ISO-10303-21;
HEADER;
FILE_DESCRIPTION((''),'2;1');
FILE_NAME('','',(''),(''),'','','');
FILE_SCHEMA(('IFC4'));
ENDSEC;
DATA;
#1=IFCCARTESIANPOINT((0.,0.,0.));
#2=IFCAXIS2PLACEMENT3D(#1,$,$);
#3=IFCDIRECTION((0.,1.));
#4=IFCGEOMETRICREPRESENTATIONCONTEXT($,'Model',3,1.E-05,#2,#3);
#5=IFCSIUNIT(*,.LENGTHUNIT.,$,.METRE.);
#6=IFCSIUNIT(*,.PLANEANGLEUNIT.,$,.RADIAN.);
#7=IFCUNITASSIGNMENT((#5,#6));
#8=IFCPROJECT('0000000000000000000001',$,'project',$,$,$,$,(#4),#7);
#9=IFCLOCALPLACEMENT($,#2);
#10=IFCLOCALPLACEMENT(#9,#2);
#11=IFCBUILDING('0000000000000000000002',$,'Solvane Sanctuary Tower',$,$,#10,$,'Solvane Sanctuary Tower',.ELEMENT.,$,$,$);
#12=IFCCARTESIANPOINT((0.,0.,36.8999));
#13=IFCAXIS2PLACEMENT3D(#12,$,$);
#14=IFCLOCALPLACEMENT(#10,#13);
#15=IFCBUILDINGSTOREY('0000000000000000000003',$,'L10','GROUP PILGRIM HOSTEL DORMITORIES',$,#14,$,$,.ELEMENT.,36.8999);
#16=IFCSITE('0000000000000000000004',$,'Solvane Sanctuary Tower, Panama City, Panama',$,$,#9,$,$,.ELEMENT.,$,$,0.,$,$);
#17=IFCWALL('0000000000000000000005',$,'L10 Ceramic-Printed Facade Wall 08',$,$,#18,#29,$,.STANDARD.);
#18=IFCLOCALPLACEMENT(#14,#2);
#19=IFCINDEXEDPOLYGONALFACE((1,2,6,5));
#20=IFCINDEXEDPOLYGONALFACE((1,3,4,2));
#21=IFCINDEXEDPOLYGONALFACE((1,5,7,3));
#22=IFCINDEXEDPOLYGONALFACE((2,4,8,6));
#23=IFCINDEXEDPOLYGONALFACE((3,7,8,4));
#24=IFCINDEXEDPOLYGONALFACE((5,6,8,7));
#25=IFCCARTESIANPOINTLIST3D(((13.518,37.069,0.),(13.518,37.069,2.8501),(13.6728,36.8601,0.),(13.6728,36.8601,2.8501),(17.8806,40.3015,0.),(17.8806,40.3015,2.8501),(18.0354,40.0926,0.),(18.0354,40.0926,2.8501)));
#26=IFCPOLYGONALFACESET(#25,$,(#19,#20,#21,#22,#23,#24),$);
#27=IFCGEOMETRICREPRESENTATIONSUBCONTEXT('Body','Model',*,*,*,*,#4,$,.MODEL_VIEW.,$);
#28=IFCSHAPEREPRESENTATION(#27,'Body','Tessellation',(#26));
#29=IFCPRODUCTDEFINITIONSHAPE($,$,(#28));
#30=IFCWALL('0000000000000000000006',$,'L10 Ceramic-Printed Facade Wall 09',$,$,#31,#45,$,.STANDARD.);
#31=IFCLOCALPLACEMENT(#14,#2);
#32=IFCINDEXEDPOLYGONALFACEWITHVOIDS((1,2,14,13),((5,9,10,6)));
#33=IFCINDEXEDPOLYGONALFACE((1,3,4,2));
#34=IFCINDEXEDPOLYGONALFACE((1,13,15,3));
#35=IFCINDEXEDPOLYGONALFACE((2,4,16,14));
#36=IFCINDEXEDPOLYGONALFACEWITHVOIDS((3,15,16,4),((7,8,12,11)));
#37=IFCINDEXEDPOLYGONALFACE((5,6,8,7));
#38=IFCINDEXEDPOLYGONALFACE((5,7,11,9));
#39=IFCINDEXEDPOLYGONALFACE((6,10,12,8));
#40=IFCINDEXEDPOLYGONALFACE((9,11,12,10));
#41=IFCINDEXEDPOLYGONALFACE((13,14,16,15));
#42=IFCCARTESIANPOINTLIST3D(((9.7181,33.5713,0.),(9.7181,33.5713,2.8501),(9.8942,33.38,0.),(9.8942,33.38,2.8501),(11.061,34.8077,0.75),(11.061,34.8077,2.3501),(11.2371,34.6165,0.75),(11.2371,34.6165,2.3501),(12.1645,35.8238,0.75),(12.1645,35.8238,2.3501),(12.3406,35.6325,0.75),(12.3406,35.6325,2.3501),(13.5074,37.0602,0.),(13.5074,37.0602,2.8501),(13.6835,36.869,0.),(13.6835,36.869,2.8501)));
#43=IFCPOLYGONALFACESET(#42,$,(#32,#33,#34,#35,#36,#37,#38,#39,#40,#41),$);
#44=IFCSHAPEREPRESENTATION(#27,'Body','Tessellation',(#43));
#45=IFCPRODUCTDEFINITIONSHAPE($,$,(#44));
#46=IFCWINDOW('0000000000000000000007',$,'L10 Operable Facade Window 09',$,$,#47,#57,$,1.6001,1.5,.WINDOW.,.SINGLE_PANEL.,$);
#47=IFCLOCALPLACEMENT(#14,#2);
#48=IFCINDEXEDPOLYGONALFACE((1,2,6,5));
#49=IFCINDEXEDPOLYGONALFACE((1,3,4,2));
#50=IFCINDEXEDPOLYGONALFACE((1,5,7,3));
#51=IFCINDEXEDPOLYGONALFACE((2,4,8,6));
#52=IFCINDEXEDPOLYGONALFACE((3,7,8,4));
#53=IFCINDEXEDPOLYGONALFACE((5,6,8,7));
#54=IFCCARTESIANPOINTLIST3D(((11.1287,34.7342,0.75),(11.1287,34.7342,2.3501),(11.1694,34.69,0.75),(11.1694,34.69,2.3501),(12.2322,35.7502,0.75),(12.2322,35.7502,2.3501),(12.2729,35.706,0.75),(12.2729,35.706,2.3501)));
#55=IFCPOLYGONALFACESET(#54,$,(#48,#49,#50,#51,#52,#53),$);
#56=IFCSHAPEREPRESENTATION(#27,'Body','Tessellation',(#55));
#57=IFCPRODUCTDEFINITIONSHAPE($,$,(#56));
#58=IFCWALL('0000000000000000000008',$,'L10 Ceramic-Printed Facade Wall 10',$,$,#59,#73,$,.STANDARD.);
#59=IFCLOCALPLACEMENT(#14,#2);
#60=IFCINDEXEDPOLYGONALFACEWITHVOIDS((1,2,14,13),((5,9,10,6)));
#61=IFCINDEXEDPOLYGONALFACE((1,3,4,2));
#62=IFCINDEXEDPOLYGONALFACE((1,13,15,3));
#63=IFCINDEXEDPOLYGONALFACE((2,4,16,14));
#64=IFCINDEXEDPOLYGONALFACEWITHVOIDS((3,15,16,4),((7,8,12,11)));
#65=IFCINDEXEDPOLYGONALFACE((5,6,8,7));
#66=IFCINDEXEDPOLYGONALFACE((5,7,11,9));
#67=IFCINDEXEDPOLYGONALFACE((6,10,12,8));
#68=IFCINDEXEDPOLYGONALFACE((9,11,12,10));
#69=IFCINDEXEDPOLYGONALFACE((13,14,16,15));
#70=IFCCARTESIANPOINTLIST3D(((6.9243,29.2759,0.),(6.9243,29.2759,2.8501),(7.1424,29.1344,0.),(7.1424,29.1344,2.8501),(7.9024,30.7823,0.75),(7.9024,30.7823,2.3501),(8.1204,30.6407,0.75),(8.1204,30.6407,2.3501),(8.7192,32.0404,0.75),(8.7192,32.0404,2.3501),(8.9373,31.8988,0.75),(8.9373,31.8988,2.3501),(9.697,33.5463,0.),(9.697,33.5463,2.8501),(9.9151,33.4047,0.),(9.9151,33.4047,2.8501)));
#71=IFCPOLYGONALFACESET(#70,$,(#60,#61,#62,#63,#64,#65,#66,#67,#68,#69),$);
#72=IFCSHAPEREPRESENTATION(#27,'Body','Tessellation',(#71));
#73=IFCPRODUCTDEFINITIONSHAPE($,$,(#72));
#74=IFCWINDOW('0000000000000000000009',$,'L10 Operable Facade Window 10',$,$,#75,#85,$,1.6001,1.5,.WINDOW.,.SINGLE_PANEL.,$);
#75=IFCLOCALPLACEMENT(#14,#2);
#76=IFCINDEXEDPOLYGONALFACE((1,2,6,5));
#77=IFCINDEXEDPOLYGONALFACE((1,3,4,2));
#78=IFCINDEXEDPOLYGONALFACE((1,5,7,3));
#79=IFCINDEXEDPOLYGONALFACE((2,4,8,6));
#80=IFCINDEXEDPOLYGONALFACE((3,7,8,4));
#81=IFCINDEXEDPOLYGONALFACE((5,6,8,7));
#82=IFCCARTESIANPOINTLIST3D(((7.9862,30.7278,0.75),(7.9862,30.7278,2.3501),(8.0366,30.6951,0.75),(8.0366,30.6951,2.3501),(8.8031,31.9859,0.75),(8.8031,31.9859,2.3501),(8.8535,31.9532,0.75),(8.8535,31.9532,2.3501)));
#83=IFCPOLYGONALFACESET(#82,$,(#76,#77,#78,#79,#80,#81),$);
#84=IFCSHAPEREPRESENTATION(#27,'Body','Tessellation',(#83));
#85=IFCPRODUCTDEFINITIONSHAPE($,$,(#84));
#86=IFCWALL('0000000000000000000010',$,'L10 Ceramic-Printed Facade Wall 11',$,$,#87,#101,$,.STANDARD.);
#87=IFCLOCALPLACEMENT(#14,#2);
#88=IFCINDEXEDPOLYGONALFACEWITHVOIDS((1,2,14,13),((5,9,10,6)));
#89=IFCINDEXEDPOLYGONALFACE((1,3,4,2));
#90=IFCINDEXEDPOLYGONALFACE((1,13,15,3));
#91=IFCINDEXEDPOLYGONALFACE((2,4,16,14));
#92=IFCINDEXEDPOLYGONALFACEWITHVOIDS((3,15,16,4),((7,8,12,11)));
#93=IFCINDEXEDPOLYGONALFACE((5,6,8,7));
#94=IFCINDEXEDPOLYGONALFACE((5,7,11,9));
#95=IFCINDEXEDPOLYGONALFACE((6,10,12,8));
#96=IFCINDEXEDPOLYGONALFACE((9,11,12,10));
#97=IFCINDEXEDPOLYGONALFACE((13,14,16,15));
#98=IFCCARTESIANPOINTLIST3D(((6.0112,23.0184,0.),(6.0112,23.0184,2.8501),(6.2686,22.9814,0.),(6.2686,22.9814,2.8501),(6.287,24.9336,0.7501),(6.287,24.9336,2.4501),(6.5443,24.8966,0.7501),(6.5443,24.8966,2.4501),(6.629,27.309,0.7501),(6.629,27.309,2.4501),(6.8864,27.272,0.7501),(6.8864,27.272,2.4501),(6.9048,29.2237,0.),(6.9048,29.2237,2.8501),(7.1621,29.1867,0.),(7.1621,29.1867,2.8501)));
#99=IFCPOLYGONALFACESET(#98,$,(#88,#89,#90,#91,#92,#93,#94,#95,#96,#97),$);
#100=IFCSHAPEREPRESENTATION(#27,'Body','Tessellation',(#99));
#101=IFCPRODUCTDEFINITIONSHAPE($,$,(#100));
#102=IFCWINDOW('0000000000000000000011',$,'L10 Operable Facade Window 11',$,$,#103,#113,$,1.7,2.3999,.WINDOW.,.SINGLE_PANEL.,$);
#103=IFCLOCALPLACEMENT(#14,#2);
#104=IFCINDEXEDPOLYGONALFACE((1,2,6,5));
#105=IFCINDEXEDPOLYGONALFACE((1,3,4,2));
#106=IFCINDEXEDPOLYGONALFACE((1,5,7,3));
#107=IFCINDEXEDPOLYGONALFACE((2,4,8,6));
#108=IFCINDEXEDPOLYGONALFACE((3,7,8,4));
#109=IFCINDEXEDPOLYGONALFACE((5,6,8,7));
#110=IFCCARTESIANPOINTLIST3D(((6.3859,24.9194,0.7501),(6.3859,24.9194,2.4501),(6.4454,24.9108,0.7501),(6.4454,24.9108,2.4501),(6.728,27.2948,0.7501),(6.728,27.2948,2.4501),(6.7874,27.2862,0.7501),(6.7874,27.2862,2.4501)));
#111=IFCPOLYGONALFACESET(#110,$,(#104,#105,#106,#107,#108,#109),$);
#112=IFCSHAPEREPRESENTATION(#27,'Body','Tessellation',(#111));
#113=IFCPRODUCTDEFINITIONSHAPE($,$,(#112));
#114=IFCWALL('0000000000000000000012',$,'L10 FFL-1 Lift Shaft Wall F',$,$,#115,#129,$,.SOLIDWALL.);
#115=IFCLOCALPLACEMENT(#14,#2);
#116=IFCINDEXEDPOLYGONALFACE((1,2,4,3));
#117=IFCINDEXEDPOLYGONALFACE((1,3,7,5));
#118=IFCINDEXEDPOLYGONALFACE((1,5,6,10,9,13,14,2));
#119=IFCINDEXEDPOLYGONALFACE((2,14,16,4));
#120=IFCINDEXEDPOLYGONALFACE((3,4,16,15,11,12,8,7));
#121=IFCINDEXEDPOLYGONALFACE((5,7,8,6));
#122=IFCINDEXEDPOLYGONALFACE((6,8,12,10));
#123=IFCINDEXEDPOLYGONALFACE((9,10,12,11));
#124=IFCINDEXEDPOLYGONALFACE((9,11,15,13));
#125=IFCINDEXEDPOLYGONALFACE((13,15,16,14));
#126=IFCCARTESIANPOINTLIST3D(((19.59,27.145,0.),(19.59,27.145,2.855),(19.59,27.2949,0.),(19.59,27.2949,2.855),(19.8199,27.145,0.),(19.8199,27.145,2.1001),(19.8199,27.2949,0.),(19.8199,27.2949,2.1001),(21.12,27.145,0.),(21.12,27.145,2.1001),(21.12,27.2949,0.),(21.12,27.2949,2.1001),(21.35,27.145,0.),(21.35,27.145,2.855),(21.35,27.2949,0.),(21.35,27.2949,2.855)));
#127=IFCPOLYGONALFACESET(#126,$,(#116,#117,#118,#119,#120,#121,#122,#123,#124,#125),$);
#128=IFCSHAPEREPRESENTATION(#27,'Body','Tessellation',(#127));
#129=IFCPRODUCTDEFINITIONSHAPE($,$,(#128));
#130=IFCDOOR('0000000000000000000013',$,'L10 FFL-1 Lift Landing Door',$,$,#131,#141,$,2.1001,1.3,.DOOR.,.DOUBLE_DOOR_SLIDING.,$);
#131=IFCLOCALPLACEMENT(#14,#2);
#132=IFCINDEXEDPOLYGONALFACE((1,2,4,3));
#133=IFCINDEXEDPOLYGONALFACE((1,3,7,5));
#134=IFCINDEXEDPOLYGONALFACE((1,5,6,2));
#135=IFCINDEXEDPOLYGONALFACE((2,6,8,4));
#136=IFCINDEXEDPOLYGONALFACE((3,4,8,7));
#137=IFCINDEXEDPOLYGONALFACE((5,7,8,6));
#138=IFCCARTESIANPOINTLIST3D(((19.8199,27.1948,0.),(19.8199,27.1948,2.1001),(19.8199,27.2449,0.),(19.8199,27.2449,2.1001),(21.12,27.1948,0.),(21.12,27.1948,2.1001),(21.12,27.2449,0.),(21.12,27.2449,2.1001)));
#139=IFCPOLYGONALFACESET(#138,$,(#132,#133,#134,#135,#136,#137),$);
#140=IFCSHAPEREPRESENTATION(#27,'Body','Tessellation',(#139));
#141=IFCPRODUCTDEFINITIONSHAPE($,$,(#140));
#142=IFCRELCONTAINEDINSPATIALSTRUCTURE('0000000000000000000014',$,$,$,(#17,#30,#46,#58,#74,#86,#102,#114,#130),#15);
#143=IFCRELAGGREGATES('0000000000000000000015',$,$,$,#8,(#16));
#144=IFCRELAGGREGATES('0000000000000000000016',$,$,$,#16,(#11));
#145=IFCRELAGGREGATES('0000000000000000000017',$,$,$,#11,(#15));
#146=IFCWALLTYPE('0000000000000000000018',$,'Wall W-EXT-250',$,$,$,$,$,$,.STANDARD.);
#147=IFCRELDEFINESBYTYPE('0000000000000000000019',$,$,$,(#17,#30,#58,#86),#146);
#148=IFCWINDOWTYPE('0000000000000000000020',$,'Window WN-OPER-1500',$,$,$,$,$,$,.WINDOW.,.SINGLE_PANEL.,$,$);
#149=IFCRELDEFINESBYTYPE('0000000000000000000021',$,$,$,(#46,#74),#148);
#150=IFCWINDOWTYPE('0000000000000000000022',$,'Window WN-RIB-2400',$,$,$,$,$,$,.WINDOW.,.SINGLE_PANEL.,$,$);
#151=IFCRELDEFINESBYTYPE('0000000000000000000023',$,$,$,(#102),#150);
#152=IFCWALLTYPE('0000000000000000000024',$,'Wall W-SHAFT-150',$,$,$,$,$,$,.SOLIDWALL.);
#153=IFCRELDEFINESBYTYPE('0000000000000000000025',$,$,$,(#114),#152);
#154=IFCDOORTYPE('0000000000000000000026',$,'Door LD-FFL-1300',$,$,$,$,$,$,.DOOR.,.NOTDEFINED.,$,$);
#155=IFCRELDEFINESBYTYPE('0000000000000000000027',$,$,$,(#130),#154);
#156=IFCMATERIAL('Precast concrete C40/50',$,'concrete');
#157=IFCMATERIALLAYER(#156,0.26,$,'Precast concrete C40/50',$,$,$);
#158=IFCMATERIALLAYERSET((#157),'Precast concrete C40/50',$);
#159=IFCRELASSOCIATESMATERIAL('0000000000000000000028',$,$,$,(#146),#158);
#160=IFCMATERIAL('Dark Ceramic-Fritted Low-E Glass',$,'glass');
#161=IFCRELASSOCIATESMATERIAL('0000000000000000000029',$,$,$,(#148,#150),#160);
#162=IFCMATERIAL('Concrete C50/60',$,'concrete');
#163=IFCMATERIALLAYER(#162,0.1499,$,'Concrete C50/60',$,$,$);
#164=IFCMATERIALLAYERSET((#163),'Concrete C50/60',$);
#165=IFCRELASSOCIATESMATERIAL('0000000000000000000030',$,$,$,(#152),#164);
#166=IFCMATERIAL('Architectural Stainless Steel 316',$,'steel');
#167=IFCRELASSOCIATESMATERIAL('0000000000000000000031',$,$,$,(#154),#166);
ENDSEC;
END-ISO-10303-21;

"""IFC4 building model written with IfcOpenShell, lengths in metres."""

from ifc_helpers import new_model, si_unit, direction, frame, frame_2d, origin, place, context, subcontext, project, spatial, rectangle, extrude, material, layer, layer_set, type_object, element, fill, save


model = new_model("IFC4")

# Units and contexts
model_context = context("Model", 3, precision=1e-05, world=origin(), true_north=direction((0.0, 1.0)))
body_context = subcontext(model_context, "Body", "Model", "MODEL_VIEW")
ifc_project = project(units=[si_unit("LENGTHUNIT", "METRE"), si_unit("PLANEANGLEUNIT", "RADIAN")], contexts=[model_context])

# Site, building, storey
site_placement = place(None, origin())
site = spatial("IfcSite", under=ifc_project, at=site_placement, Name="Solvane Sanctuary Tower, Panama City, Panama", CompositionType="ELEMENT", RefElevation=0.0)
building_placement = place(site_placement, origin())
building = spatial("IfcBuilding", under=site, at=building_placement, Name="Solvane Sanctuary Tower", LongName="Solvane Sanctuary Tower", CompositionType="ELEMENT")
storey_placement = place(building_placement, frame((0.0, 0.0, 36.8999)))
storey = spatial("IfcBuildingStorey", under=building, at=storey_placement, Name="L10", Description="GROUP PILGRIM HOSTEL DORMITORIES", CompositionType="ELEMENT", Elevation=36.8999)

# Wall
ifc_material_1 = material(Name="Precast concrete C40/50", Category="concrete")
ifc_layer_1 = layer(ifc_material_1, 0.26, Name="Precast concrete C40/50")
ifc_layer_set_1 = layer_set([ifc_layer_1], Name="Precast concrete C40/50")
wall_type_1 = type_object("IfcWallType", Name="Wall W-EXT-250", PredefinedType="STANDARD", material=ifc_layer_set_1)
wall_1_placement = place(storey_placement, frame((17.958, 40.197, 0.0), z_axis=(0.0, 0.0, 1.0), x_axis=(-0.803478, -0.595335, 0.0)))
element("IfcWall", 1, at=wall_1_placement, inside=storey, type_object=wall_type_1, Name="L10 Ceramic-Printed Facade Wall 08", PredefinedType="STANDARD", context=body_context, shape_type="SweptSolid", body=[
    extrude(rectangle(XDim=5.4297, YDim=0.26, at=frame_2d((2.7148, 0.0))), origin(), (0.0, 0.0, 1.0), 2.8501),
])

# Walls, openings, windows
wall_2_placement = place(storey_placement, frame((13.5955, 36.9646, 0.0), z_axis=(0.0, 0.0, 1.0), x_axis=(-0.735655, -0.677356, 0.0)))
wall_2 = element("IfcWall", 2, at=wall_2_placement, inside=storey, type_object=wall_type_1, Name="L10 Ceramic-Printed Facade Wall 09", PredefinedType="STANDARD", context=body_context, shape_type="SweptSolid", body=[
    extrude(rectangle(XDim=5.1509, YDim=0.26, at=frame_2d((2.5754, 0.0))), origin(), (0.0, 0.0, 1.0), 2.8501),
])
opening_1_placement = place(wall_2_placement, frame((1.8254, 0.0, 0.75)))
opening_1 = element("IfcOpeningElement", 3, at=opening_1_placement, cuts=wall_2, PredefinedType="OPENING", context=body_context, shape_type="SweptSolid", body=[
    extrude(rectangle(XDim=1.5, YDim=1.6001, at=frame_2d((0.75, 0.8))), frame((0.0, 0.1399, 0.0), z_axis=(0.0, -1.0, 0.0), x_axis=(1.0, 0.0, 0.0)), (0.0, 0.0, 1.0), 0.28),
])
ifc_material_2 = material(Name="Dark Ceramic-Fritted Low-E Glass", Category="glass")
window_type_1 = type_object("IfcWindowType", Name="Window WN-OPER-1500", PartitioningType="SINGLE_PANEL", PredefinedType="WINDOW", material=ifc_material_2)
window_1_placement = place(opening_1_placement, origin())
window_1 = element("IfcWindow", 4, at=window_1_placement, inside=storey, type_object=window_type_1, Name="L10 Operable Facade Window 09", OverallHeight=1.6001, OverallWidth=1.5, PartitioningType="SINGLE_PANEL", PredefinedType="WINDOW", context=body_context, shape_type="SweptSolid", body=[
    extrude(rectangle(XDim=1.5, YDim=1.6001, at=frame_2d((0.75, 0.8))), frame((0.0, 0.03, 0.0), z_axis=(0.0, -1.0, 0.0), x_axis=(1.0, 0.0, 0.0)), (0.0, 0.0, 1.0), 0.0601),
])
fill(opening_1, window_1)
wall_3_placement = place(storey_placement, frame((9.8062, 33.4756, 0.0), z_axis=(0.0, 0.0, 1.0), x_axis=(-0.544579, -0.83871, 0.0)))
wall_3 = element("IfcWall", 5, at=wall_3_placement, inside=storey, type_object=wall_type_1, Name="L10 Ceramic-Printed Facade Wall 10", PredefinedType="STANDARD", context=body_context, shape_type="SweptSolid", body=[
    extrude(rectangle(XDim=5.0916, YDim=0.26, at=frame_2d((2.5459, 0.0))), origin(), (0.0, 0.0, 1.0), 2.8501),
])
opening_2_placement = place(wall_3_placement, frame((1.7957, 0.0, 0.75)))
opening_2 = element("IfcOpeningElement", 6, at=opening_2_placement, cuts=wall_3, PredefinedType="OPENING", context=body_context, shape_type="SweptSolid", body=[
    extrude(rectangle(XDim=1.5, YDim=1.6001, at=frame_2d((0.75, 0.8))), frame((0.0, 0.1399, 0.0), z_axis=(0.0, -1.0, 0.0), x_axis=(1.0, 0.0, 0.0)), (0.0, 0.0, 1.0), 0.28),
])
window_2_placement = place(opening_2_placement, origin())
window_2 = element("IfcWindow", 7, at=window_2_placement, inside=storey, type_object=window_type_1, Name="L10 Operable Facade Window 10", OverallHeight=1.6001, OverallWidth=1.5, PartitioningType="SINGLE_PANEL", PredefinedType="WINDOW", context=body_context, shape_type="SweptSolid", body=[
    extrude(rectangle(XDim=1.5, YDim=1.6001, at=frame_2d((0.75, 0.8))), frame((0.0, 0.03, 0.0), z_axis=(0.0, -1.0, 0.0), x_axis=(1.0, 0.0, 0.0)), (0.0, 0.0, 1.0), 0.0601),
])
fill(opening_2, window_2)
wall_4_placement = place(storey_placement, frame((7.0334, 29.2053, 0.0), z_axis=(0.0, 0.0, 1.0), x_axis=(-0.142528, -0.989791, 0.0)))
wall_4 = element("IfcWall", 8, at=wall_4_placement, inside=storey, type_object=wall_type_1, Name="L10 Ceramic-Printed Facade Wall 11", PredefinedType="STANDARD", context=body_context, shape_type="SweptSolid", body=[
    extrude(rectangle(XDim=6.2693, YDim=0.26, at=frame_2d((3.1348, 0.0))), origin(), (0.0, 0.0, 1.0), 2.8501),
])
opening_3_placement = place(wall_4_placement, frame((1.9346, 0.0, 0.75)))
opening_3 = element("IfcOpeningElement", 9, at=opening_3_placement, cuts=wall_4, PredefinedType="OPENING", context=body_context, shape_type="SweptSolid", body=[
    extrude(rectangle(XDim=2.3999, YDim=1.7, at=frame_2d((1.2, 0.8501))), frame((0.0, 0.1399, 0.0), z_axis=(0.0, -1.0, 0.0), x_axis=(1.0, 0.0, 0.0)), (0.0, 0.0, 1.0), 0.28),
])
window_type_2 = type_object("IfcWindowType", Name="Window WN-RIB-2400", PartitioningType="SINGLE_PANEL", PredefinedType="WINDOW", material=ifc_material_2)
window_3_placement = place(opening_3_placement, origin())
window_3 = element("IfcWindow", 10, at=window_3_placement, inside=storey, type_object=window_type_2, Name="L10 Operable Facade Window 11", OverallHeight=1.7, OverallWidth=2.3999, PartitioningType="SINGLE_PANEL", PredefinedType="WINDOW", context=body_context, shape_type="SweptSolid", body=[
    extrude(rectangle(XDim=2.3999, YDim=1.7, at=frame_2d((1.2, 0.8501))), frame((0.0, 0.03, 0.0), z_axis=(0.0, -1.0, 0.0), x_axis=(1.0, 0.0, 0.0)), (0.0, 0.0, 1.0), 0.0601),
])
fill(opening_3, window_3)

# Wall, opening, door
ifc_material_3 = material(Name="Concrete C50/60", Category="concrete")
ifc_layer_2 = layer(ifc_material_3, 0.1499, Name="Concrete C50/60")
ifc_layer_set_2 = layer_set([ifc_layer_2], Name="Concrete C50/60")
wall_type_2 = type_object("IfcWallType", Name="Wall W-SHAFT-150", PredefinedType="SOLIDWALL", material=ifc_layer_set_2)
wall_5_placement = place(storey_placement, frame((19.5901, 27.22, 0.0), z_axis=(0.0, 0.0, 1.0), x_axis=(1.0, 0.0, 0.0)))
wall_5 = element("IfcWall", 11, at=wall_5_placement, inside=storey, type_object=wall_type_2, Name="L10 FFL-1 Lift Shaft Wall F", PredefinedType="SOLIDWALL", context=body_context, shape_type="SweptSolid", body=[
    extrude(rectangle(XDim=1.76, YDim=0.1499, at=frame_2d((0.8799, 0.0))), origin(), (0.0, 0.0, 1.0), 2.855),
])
opening_4_placement = place(wall_5_placement, frame((0.23, 0.0, 0.0)))
opening_4 = element("IfcOpeningElement", 12, at=opening_4_placement, cuts=wall_5, PredefinedType="OPENING", context=body_context, shape_type="SweptSolid", body=[
    extrude(rectangle(XDim=1.3, YDim=2.1001, at=frame_2d((0.6499, 1.05))), frame((0.0, 0.085, 0.0), z_axis=(0.0, -1.0, 0.0), x_axis=(1.0, 0.0, 0.0)), (0.0, 0.0, 1.0), 0.1699),
])
ifc_material_4 = material(Name="Architectural Stainless Steel 316", Category="steel")
door_type_1 = type_object("IfcDoorType", Name="Door LD-FFL-1300", OperationType="NOTDEFINED", PredefinedType="DOOR", material=ifc_material_4)
door_1_placement = place(opening_4_placement, origin())
door_1 = element("IfcDoor", 13, at=door_1_placement, inside=storey, type_object=door_type_1, Name="L10 FFL-1 Lift Landing Door", OperationType="DOUBLE_DOOR_SLIDING", OverallHeight=2.1001, OverallWidth=1.3, PredefinedType="DOOR", context=body_context, shape_type="SweptSolid", body=[
    extrude(rectangle(XDim=1.3, YDim=2.1001, at=frame_2d((0.6499, 1.05))), frame((0.0, 0.0249, 0.0), z_axis=(0.0, -1.0, 0.0), x_axis=(1.0, 0.0, 0.0)), (0.0, 0.0, 1.0), 0.05),
])
fill(opening_4, door_1)

save(model, "model.ifc")
